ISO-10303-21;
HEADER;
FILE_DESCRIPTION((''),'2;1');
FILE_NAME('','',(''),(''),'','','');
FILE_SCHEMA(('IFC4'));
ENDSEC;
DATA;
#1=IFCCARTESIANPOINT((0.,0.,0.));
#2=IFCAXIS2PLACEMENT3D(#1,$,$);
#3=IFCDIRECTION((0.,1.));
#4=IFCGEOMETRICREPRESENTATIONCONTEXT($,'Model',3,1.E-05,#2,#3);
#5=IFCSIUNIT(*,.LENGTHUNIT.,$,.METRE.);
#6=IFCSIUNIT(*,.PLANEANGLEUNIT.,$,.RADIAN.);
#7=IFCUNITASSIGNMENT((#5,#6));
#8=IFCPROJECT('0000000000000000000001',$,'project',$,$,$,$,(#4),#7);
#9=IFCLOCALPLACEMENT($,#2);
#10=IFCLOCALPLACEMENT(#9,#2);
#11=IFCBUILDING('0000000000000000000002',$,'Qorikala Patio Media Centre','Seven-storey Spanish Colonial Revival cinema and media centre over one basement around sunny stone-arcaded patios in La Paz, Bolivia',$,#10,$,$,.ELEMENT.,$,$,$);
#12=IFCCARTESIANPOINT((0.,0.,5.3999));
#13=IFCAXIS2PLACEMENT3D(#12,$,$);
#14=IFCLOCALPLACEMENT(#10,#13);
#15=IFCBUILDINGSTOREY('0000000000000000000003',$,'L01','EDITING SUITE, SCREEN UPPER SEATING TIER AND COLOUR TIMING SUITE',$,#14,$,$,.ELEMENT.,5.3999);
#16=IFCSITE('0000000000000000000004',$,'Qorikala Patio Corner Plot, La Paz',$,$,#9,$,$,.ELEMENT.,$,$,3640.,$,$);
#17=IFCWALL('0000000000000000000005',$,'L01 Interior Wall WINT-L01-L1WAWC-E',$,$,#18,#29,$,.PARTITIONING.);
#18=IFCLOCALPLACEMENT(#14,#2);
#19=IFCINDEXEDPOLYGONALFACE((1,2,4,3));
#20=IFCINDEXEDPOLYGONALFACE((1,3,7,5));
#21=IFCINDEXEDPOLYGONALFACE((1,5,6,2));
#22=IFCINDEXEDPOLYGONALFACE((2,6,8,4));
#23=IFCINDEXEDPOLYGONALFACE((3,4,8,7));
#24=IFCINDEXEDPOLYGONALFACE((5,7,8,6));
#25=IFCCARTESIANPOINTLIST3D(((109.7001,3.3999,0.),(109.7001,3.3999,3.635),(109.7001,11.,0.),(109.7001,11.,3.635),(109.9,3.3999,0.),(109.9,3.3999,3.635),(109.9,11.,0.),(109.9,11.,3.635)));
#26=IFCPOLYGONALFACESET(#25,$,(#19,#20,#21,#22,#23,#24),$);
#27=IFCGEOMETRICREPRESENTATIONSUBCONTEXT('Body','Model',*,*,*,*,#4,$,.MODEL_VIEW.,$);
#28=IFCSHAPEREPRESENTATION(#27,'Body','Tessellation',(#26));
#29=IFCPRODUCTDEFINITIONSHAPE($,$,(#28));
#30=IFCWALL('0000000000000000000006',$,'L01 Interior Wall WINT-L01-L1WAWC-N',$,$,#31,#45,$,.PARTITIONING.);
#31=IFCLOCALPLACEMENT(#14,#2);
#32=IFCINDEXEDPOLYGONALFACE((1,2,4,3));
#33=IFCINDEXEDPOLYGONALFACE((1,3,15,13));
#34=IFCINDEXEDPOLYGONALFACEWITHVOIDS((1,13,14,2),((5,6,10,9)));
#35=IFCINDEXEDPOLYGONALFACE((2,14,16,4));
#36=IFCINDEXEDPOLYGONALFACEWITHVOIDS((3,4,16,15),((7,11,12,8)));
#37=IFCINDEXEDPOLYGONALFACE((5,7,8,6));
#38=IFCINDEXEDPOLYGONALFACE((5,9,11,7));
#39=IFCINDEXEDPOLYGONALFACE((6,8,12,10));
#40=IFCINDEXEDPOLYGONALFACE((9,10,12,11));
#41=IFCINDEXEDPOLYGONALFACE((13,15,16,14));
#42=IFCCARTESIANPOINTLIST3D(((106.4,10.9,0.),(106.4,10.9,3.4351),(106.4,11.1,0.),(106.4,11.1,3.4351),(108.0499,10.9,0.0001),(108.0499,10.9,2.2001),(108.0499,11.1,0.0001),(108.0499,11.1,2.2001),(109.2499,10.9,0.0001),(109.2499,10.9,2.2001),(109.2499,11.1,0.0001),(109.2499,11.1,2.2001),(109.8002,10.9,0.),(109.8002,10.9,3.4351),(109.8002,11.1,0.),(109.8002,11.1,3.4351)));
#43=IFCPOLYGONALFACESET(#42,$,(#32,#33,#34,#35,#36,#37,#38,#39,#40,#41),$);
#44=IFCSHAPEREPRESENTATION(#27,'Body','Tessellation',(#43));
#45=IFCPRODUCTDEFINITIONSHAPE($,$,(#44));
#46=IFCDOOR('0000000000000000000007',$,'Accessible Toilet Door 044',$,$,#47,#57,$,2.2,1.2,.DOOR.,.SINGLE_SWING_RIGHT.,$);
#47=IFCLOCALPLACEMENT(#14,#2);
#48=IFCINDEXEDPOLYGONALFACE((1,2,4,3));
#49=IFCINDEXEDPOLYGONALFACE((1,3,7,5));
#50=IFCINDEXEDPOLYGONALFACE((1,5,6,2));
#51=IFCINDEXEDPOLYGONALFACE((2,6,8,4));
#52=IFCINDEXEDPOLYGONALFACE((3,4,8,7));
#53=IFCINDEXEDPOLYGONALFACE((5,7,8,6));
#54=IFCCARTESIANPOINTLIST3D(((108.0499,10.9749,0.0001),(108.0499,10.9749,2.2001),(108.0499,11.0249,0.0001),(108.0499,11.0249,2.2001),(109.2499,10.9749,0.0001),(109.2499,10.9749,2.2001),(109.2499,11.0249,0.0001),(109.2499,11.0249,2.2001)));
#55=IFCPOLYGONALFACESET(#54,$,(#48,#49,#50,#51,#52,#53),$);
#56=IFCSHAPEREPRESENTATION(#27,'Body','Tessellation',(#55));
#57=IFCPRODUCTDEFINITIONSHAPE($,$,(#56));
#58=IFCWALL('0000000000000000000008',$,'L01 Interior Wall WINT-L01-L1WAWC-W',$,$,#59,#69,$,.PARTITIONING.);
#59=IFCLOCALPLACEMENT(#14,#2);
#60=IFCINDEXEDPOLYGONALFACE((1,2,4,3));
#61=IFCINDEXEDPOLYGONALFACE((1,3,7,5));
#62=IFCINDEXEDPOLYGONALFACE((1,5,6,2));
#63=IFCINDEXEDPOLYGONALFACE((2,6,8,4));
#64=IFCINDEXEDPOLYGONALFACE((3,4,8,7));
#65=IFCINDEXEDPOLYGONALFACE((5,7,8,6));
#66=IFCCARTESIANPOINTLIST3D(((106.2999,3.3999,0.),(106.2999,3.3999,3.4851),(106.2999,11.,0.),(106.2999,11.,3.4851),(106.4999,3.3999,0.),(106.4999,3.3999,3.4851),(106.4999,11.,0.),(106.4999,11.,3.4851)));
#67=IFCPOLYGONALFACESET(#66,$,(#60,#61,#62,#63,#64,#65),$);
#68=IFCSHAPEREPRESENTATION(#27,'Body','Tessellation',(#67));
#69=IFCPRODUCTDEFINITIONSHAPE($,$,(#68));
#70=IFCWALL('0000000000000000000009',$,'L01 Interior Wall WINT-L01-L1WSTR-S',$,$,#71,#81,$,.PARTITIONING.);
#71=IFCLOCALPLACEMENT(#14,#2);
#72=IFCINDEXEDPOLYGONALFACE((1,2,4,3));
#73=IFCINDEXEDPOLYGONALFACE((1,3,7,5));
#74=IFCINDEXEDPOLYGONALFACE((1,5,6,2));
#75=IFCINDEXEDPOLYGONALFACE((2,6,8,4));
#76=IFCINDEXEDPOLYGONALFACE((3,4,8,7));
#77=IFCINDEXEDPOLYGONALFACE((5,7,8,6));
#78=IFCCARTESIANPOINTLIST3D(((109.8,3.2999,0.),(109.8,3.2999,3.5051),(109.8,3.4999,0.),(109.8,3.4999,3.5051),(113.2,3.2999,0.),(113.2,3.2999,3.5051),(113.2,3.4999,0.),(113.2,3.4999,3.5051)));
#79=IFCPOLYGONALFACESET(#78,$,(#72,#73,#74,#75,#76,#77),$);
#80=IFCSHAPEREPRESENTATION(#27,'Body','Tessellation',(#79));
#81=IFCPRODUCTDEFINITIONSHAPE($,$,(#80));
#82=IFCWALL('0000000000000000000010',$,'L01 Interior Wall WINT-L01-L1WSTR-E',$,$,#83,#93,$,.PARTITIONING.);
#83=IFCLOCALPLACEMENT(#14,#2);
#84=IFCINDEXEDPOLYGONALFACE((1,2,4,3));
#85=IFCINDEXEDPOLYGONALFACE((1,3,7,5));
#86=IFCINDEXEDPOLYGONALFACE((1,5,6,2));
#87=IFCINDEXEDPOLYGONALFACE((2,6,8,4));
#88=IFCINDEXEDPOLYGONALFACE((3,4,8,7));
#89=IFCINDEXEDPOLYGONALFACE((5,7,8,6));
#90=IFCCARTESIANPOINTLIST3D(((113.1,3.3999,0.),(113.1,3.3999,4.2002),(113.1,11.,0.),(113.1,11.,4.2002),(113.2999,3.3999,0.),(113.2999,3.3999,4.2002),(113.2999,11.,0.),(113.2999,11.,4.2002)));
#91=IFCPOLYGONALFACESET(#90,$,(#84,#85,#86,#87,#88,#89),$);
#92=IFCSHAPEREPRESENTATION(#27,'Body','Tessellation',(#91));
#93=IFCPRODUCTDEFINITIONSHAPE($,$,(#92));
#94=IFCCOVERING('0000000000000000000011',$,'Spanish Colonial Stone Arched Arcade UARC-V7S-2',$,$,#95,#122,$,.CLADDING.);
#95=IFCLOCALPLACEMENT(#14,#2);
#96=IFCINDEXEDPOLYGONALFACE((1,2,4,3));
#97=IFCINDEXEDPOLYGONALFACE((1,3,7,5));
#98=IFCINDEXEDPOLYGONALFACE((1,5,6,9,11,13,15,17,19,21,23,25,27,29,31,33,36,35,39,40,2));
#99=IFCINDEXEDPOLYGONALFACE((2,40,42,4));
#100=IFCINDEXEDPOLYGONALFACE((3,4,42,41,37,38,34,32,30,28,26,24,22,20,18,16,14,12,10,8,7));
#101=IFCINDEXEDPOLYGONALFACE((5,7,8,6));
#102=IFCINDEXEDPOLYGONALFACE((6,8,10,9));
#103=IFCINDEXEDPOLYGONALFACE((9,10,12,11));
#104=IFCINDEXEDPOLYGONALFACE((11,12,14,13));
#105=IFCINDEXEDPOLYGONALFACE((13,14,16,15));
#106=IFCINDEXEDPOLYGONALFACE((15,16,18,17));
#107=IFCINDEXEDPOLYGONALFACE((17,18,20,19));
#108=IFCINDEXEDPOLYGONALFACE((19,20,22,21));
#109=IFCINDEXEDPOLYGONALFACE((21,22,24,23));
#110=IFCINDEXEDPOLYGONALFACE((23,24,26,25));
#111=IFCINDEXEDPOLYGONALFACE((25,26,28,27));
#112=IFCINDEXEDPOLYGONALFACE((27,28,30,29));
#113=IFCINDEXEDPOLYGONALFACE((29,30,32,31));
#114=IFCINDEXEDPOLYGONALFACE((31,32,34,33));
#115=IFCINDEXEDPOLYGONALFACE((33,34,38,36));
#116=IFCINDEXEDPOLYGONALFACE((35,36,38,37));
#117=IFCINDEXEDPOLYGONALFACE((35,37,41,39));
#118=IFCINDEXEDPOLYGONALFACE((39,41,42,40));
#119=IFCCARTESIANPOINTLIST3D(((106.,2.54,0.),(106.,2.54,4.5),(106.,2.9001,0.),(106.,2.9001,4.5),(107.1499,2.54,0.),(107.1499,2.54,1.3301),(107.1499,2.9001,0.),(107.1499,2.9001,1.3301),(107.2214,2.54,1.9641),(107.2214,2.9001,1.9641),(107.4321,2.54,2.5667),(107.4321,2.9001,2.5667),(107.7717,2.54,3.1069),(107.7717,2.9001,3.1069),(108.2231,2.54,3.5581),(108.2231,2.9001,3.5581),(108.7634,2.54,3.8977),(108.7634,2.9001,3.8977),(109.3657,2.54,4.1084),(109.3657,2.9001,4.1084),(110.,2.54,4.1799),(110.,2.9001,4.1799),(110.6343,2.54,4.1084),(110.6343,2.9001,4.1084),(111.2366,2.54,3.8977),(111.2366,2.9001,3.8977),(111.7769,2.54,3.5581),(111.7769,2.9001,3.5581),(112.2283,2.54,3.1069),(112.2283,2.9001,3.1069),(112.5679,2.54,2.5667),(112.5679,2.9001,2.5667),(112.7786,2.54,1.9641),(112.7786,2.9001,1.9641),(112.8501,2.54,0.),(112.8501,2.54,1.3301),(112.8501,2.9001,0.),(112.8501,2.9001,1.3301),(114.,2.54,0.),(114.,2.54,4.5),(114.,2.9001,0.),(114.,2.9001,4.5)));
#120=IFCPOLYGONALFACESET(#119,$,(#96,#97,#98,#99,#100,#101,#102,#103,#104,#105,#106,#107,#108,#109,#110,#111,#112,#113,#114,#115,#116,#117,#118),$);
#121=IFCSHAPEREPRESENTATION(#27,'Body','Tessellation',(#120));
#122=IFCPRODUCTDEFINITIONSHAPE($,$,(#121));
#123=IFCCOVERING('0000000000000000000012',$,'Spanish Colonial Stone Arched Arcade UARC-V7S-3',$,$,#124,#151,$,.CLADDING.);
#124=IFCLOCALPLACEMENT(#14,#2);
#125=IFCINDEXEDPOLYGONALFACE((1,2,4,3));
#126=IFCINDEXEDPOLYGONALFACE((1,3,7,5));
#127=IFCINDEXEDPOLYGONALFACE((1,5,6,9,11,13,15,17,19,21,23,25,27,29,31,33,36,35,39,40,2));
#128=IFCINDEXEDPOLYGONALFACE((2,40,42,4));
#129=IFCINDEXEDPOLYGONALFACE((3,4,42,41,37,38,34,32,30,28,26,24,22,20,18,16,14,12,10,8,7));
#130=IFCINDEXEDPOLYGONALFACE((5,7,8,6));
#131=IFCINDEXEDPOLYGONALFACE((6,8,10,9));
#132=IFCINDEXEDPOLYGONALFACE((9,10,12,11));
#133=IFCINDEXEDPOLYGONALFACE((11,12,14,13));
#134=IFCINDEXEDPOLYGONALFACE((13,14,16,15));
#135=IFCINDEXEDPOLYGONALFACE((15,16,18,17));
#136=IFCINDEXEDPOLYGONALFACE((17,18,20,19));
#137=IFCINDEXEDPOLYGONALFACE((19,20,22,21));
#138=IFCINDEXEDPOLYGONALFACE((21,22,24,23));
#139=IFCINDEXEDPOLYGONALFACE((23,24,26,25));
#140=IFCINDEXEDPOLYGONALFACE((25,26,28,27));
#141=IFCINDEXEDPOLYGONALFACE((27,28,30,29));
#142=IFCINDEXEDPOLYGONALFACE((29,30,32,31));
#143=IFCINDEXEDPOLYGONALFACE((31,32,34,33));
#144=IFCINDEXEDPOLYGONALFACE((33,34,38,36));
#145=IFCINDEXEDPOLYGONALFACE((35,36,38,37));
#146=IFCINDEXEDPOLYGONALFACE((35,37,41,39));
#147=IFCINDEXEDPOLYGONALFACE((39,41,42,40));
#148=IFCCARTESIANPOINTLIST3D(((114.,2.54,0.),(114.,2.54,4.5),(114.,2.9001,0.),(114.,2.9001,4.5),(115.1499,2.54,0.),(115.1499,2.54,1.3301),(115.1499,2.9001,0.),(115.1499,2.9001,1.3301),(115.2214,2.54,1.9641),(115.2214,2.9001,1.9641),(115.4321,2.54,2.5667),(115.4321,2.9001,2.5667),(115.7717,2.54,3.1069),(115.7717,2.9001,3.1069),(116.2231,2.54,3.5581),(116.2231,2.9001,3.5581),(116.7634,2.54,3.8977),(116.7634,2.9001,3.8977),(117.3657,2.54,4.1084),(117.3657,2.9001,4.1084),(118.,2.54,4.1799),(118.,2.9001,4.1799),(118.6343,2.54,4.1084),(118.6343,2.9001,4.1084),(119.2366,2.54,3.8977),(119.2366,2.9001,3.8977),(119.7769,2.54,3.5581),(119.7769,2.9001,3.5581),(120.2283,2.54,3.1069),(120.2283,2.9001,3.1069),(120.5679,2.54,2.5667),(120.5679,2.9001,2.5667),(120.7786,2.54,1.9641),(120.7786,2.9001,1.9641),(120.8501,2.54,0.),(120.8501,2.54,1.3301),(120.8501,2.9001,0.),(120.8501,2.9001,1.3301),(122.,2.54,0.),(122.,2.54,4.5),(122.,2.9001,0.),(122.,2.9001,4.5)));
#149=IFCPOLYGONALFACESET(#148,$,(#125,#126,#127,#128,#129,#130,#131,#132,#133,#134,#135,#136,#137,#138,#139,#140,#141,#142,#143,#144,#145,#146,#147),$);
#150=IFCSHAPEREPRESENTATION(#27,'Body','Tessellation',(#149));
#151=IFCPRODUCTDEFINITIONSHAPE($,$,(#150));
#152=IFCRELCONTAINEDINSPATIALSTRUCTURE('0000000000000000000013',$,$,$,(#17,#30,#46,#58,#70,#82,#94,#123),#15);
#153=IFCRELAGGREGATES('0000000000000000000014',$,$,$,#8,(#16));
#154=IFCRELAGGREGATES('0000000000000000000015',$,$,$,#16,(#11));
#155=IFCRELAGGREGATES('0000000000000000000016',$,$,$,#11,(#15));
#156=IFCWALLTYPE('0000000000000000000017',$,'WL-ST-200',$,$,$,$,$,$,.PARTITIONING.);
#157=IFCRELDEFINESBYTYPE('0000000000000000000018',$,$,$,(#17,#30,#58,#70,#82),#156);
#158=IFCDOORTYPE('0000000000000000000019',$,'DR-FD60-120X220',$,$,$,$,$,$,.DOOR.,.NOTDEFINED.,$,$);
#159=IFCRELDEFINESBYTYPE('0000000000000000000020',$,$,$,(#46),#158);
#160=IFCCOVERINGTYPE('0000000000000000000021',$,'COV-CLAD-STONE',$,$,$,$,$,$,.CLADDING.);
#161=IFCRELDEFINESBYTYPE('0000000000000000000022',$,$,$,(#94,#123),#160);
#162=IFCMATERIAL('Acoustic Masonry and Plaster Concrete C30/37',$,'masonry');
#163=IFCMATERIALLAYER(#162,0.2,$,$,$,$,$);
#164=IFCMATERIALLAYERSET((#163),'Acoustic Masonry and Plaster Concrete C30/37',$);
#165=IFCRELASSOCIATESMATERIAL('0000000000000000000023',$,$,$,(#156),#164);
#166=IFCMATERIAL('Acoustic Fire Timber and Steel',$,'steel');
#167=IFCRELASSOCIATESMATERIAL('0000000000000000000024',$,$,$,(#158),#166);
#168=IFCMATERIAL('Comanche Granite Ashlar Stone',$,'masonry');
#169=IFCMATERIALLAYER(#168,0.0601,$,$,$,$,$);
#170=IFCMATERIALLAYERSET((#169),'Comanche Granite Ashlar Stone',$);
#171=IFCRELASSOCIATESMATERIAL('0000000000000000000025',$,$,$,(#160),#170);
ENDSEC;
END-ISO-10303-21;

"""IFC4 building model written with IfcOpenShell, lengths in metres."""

from ifc_helpers import new_model, si_unit, direction, frame, frame_2d, origin, place, context, subcontext, project, spatial, polyline, rectangle, outline, extrude, material, layer, layer_set, type_object, element, fill, save


model = new_model("IFC4")

# Units and contexts
model_context = context("Model", 3, precision=1e-05, world=origin(), true_north=direction((0.0, 1.0)))
body_context = subcontext(model_context, "Body", "Model", "MODEL_VIEW")
ifc_project = project(units=[si_unit("LENGTHUNIT", "METRE"), si_unit("PLANEANGLEUNIT", "RADIAN")], contexts=[model_context])

# Site, building, storey
site_placement = place(None, origin())
site = spatial("IfcSite", under=ifc_project, at=site_placement, Name="Qorikala Patio Corner Plot, La Paz", CompositionType="ELEMENT", RefElevation=3640.0)
building_placement = place(site_placement, origin())
building = spatial("IfcBuilding", under=site, at=building_placement, Name="Qorikala Patio Media Centre", Description="Seven-storey Spanish Colonial Revival cinema and media centre over one basement around sunny stone-arcaded patios in La Paz, Bolivia", CompositionType="ELEMENT")
storey_placement = place(building_placement, frame((0.0, 0.0, 5.3999)))
storey = spatial("IfcBuildingStorey", under=building, at=storey_placement, Name="L01", Description="EDITING SUITE, SCREEN UPPER SEATING TIER AND COLOUR TIMING SUITE", CompositionType="ELEMENT", Elevation=5.3999)

# Wall
ifc_material_1 = material(Name="Acoustic Masonry and Plaster Concrete C30/37", Category="masonry")
ifc_layer_1 = layer(ifc_material_1, 0.2)
ifc_layer_set_1 = layer_set([ifc_layer_1], Name="Acoustic Masonry and Plaster Concrete C30/37")
wall_type_1 = type_object("IfcWallType", Name="WL-ST-200", PredefinedType="PARTITIONING", material=ifc_layer_set_1)
wall_1_placement = place(storey_placement, frame((109.8, 3.3999, 0.0), z_axis=(0.0, 0.0, 1.0), x_axis=(0.0, 1.0, 0.0)))
element("IfcWall", 1, at=wall_1_placement, inside=storey, type_object=wall_type_1, Name="L01 Interior Wall WINT-L01-L1WAWC-E", PredefinedType="PARTITIONING", context=body_context, shape_type="SweptSolid", body=[
    extrude(rectangle(XDim=7.6001, YDim=0.2, at=frame_2d((3.8, 0.0))), origin(), (0.0, 0.0, 1.0), 3.635),
])

# Wall, opening, door
wall_2_placement = place(storey_placement, frame((106.3999, 11.0, 0.0), z_axis=(0.0, 0.0, 1.0), x_axis=(1.0, 0.0, 0.0)))
wall_2 = element("IfcWall", 2, at=wall_2_placement, inside=storey, type_object=wall_type_1, Name="L01 Interior Wall WINT-L01-L1WAWC-N", PredefinedType="PARTITIONING", context=body_context, shape_type="SweptSolid", body=[
    extrude(rectangle(XDim=3.4001, YDim=0.2, at=frame_2d((1.7002, 0.0))), origin(), (0.0, 0.0, 1.0), 3.4351),
])
opening_1_placement = place(wall_2_placement, frame((1.6499, 0.0, 0.0)))
opening_1 = element("IfcOpeningElement", 3, at=opening_1_placement, cuts=wall_2, PredefinedType="OPENING", context=body_context, shape_type="SweptSolid", body=[
    extrude(rectangle(XDim=1.2, YDim=2.2, at=frame_2d((0.6001, 1.1001))), frame((0.0, 0.1099, 0.0), z_axis=(0.0, -1.0, 0.0), x_axis=(1.0, 0.0, 0.0)), (0.0, 0.0, 1.0), 0.22),
])
ifc_material_2 = material(Name="Acoustic Fire Timber and Steel", Category="steel")
door_type = type_object("IfcDoorType", Name="DR-FD60-120X220", OperationType="NOTDEFINED", PredefinedType="DOOR", material=ifc_material_2)
door_placement = place(opening_1_placement, origin())
door = element("IfcDoor", 4, at=door_placement, inside=storey, type_object=door_type, Name="Accessible Toilet Door 044", OperationType="SINGLE_SWING_RIGHT", OverallHeight=2.2, OverallWidth=1.2, PredefinedType="DOOR", context=body_context, shape_type="SweptSolid", body=[
    extrude(rectangle(XDim=1.2, YDim=2.2, at=frame_2d((0.6001, 1.1001))), frame((0.0, 0.0249, 0.0), z_axis=(0.0, -1.0, 0.0), x_axis=(1.0, 0.0, 0.0)), (0.0, 0.0, 1.0), 0.05),
])
fill(opening_1, door)

# Walls
wall_3_placement = place(storey_placement, frame((106.3999, 3.3999, 0.0), z_axis=(0.0, 0.0, 1.0), x_axis=(0.0, 1.0, 0.0)))
element("IfcWall", 5, at=wall_3_placement, inside=storey, type_object=wall_type_1, Name="L01 Interior Wall WINT-L01-L1WAWC-W", PredefinedType="PARTITIONING", context=body_context, shape_type="SweptSolid", body=[
    extrude(rectangle(XDim=7.6001, YDim=0.2, at=frame_2d((3.8, 0.0))), origin(), (0.0, 0.0, 1.0), 3.4851),
])
wall_4_placement = place(storey_placement, frame((109.8, 3.3999, 0.0), z_axis=(0.0, 0.0, 1.0), x_axis=(1.0, 0.0, 0.0)))
element("IfcWall", 6, at=wall_4_placement, inside=storey, type_object=wall_type_1, Name="L01 Interior Wall WINT-L01-L1WSTR-S", PredefinedType="PARTITIONING", context=body_context, shape_type="SweptSolid", body=[
    extrude(rectangle(XDim=3.3999, YDim=0.2, at=frame_2d((1.7, 0.0))), origin(), (0.0, 0.0, 1.0), 3.5051),
])
wall_5_placement = place(storey_placement, frame((113.2, 3.3999, 0.0), z_axis=(0.0, 0.0, 1.0), x_axis=(0.0, 1.0, 0.0)))
element("IfcWall", 7, at=wall_5_placement, inside=storey, type_object=wall_type_1, Name="L01 Interior Wall WINT-L01-L1WSTR-E", PredefinedType="PARTITIONING", context=body_context, shape_type="SweptSolid", body=[
    extrude(rectangle(XDim=7.6001, YDim=0.2, at=frame_2d((3.8, 0.0))), origin(), (0.0, 0.0, 1.0), 4.2002),
])

# Coverings
ifc_material_3 = material(Name="Comanche Granite Ashlar Stone", Category="masonry")
ifc_layer_2 = layer(ifc_material_3, 0.0601)
ifc_layer_set_2 = layer_set([ifc_layer_2], Name="Comanche Granite Ashlar Stone")
covering_type = type_object("IfcCoveringType", Name="COV-CLAD-STONE", PredefinedType="CLADDING", material=ifc_layer_set_2)
for number, where, z_axis, x_axis, name in (
    (8, (106.0, 2.72, 0.0), (0.0, 0.0, 1.0), (1.0, 0.0, 0.0), "Spanish Colonial Stone Arched Arcade UARC-V7S-2"),
    (9, (114.0, 2.72, 0.0), (0.0, 0.0, 1.0), (1.0, 0.0, 0.0), "Spanish Colonial Stone Arched Arcade UARC-V7S-3"),
):
    element("IfcCovering", number, at=place(storey_placement, frame(where, z_axis=z_axis, x_axis=x_axis)), inside=storey, type_object=covering_type, Name=name, PredefinedType="CLADDING", context=body_context, shape_type="SweptSolid", body=[
        extrude(outline(polyline([(0.0, 0.0), (1.1499, 0.0), (1.1499, 1.3301), (1.2214, 1.9641), (1.4321, 2.5667), (1.7717, 3.1069), (2.2231, 3.5581), (2.7634, 3.8977), (3.3657, 4.1084), (4.0, 4.1799), (4.6343, 4.1084), (5.2366, 3.8977), (5.7769, 3.5581), (6.2283, 3.1069), (6.5679, 2.5667), (6.7786, 1.9641), (6.8501, 1.3301), (6.8501, 0.0), (8.0, 0.0), (8.0, 4.5), (0.0, 4.5), (0.0, 0.0)])), frame((0.0, 0.1802, 0.0), z_axis=(0.0, -1.0, 0.0), x_axis=(1.0, 0.0, 0.0)), (0.0, 0.0, 1.0), 0.3601),
    ])

save(model, "model.ifc")
